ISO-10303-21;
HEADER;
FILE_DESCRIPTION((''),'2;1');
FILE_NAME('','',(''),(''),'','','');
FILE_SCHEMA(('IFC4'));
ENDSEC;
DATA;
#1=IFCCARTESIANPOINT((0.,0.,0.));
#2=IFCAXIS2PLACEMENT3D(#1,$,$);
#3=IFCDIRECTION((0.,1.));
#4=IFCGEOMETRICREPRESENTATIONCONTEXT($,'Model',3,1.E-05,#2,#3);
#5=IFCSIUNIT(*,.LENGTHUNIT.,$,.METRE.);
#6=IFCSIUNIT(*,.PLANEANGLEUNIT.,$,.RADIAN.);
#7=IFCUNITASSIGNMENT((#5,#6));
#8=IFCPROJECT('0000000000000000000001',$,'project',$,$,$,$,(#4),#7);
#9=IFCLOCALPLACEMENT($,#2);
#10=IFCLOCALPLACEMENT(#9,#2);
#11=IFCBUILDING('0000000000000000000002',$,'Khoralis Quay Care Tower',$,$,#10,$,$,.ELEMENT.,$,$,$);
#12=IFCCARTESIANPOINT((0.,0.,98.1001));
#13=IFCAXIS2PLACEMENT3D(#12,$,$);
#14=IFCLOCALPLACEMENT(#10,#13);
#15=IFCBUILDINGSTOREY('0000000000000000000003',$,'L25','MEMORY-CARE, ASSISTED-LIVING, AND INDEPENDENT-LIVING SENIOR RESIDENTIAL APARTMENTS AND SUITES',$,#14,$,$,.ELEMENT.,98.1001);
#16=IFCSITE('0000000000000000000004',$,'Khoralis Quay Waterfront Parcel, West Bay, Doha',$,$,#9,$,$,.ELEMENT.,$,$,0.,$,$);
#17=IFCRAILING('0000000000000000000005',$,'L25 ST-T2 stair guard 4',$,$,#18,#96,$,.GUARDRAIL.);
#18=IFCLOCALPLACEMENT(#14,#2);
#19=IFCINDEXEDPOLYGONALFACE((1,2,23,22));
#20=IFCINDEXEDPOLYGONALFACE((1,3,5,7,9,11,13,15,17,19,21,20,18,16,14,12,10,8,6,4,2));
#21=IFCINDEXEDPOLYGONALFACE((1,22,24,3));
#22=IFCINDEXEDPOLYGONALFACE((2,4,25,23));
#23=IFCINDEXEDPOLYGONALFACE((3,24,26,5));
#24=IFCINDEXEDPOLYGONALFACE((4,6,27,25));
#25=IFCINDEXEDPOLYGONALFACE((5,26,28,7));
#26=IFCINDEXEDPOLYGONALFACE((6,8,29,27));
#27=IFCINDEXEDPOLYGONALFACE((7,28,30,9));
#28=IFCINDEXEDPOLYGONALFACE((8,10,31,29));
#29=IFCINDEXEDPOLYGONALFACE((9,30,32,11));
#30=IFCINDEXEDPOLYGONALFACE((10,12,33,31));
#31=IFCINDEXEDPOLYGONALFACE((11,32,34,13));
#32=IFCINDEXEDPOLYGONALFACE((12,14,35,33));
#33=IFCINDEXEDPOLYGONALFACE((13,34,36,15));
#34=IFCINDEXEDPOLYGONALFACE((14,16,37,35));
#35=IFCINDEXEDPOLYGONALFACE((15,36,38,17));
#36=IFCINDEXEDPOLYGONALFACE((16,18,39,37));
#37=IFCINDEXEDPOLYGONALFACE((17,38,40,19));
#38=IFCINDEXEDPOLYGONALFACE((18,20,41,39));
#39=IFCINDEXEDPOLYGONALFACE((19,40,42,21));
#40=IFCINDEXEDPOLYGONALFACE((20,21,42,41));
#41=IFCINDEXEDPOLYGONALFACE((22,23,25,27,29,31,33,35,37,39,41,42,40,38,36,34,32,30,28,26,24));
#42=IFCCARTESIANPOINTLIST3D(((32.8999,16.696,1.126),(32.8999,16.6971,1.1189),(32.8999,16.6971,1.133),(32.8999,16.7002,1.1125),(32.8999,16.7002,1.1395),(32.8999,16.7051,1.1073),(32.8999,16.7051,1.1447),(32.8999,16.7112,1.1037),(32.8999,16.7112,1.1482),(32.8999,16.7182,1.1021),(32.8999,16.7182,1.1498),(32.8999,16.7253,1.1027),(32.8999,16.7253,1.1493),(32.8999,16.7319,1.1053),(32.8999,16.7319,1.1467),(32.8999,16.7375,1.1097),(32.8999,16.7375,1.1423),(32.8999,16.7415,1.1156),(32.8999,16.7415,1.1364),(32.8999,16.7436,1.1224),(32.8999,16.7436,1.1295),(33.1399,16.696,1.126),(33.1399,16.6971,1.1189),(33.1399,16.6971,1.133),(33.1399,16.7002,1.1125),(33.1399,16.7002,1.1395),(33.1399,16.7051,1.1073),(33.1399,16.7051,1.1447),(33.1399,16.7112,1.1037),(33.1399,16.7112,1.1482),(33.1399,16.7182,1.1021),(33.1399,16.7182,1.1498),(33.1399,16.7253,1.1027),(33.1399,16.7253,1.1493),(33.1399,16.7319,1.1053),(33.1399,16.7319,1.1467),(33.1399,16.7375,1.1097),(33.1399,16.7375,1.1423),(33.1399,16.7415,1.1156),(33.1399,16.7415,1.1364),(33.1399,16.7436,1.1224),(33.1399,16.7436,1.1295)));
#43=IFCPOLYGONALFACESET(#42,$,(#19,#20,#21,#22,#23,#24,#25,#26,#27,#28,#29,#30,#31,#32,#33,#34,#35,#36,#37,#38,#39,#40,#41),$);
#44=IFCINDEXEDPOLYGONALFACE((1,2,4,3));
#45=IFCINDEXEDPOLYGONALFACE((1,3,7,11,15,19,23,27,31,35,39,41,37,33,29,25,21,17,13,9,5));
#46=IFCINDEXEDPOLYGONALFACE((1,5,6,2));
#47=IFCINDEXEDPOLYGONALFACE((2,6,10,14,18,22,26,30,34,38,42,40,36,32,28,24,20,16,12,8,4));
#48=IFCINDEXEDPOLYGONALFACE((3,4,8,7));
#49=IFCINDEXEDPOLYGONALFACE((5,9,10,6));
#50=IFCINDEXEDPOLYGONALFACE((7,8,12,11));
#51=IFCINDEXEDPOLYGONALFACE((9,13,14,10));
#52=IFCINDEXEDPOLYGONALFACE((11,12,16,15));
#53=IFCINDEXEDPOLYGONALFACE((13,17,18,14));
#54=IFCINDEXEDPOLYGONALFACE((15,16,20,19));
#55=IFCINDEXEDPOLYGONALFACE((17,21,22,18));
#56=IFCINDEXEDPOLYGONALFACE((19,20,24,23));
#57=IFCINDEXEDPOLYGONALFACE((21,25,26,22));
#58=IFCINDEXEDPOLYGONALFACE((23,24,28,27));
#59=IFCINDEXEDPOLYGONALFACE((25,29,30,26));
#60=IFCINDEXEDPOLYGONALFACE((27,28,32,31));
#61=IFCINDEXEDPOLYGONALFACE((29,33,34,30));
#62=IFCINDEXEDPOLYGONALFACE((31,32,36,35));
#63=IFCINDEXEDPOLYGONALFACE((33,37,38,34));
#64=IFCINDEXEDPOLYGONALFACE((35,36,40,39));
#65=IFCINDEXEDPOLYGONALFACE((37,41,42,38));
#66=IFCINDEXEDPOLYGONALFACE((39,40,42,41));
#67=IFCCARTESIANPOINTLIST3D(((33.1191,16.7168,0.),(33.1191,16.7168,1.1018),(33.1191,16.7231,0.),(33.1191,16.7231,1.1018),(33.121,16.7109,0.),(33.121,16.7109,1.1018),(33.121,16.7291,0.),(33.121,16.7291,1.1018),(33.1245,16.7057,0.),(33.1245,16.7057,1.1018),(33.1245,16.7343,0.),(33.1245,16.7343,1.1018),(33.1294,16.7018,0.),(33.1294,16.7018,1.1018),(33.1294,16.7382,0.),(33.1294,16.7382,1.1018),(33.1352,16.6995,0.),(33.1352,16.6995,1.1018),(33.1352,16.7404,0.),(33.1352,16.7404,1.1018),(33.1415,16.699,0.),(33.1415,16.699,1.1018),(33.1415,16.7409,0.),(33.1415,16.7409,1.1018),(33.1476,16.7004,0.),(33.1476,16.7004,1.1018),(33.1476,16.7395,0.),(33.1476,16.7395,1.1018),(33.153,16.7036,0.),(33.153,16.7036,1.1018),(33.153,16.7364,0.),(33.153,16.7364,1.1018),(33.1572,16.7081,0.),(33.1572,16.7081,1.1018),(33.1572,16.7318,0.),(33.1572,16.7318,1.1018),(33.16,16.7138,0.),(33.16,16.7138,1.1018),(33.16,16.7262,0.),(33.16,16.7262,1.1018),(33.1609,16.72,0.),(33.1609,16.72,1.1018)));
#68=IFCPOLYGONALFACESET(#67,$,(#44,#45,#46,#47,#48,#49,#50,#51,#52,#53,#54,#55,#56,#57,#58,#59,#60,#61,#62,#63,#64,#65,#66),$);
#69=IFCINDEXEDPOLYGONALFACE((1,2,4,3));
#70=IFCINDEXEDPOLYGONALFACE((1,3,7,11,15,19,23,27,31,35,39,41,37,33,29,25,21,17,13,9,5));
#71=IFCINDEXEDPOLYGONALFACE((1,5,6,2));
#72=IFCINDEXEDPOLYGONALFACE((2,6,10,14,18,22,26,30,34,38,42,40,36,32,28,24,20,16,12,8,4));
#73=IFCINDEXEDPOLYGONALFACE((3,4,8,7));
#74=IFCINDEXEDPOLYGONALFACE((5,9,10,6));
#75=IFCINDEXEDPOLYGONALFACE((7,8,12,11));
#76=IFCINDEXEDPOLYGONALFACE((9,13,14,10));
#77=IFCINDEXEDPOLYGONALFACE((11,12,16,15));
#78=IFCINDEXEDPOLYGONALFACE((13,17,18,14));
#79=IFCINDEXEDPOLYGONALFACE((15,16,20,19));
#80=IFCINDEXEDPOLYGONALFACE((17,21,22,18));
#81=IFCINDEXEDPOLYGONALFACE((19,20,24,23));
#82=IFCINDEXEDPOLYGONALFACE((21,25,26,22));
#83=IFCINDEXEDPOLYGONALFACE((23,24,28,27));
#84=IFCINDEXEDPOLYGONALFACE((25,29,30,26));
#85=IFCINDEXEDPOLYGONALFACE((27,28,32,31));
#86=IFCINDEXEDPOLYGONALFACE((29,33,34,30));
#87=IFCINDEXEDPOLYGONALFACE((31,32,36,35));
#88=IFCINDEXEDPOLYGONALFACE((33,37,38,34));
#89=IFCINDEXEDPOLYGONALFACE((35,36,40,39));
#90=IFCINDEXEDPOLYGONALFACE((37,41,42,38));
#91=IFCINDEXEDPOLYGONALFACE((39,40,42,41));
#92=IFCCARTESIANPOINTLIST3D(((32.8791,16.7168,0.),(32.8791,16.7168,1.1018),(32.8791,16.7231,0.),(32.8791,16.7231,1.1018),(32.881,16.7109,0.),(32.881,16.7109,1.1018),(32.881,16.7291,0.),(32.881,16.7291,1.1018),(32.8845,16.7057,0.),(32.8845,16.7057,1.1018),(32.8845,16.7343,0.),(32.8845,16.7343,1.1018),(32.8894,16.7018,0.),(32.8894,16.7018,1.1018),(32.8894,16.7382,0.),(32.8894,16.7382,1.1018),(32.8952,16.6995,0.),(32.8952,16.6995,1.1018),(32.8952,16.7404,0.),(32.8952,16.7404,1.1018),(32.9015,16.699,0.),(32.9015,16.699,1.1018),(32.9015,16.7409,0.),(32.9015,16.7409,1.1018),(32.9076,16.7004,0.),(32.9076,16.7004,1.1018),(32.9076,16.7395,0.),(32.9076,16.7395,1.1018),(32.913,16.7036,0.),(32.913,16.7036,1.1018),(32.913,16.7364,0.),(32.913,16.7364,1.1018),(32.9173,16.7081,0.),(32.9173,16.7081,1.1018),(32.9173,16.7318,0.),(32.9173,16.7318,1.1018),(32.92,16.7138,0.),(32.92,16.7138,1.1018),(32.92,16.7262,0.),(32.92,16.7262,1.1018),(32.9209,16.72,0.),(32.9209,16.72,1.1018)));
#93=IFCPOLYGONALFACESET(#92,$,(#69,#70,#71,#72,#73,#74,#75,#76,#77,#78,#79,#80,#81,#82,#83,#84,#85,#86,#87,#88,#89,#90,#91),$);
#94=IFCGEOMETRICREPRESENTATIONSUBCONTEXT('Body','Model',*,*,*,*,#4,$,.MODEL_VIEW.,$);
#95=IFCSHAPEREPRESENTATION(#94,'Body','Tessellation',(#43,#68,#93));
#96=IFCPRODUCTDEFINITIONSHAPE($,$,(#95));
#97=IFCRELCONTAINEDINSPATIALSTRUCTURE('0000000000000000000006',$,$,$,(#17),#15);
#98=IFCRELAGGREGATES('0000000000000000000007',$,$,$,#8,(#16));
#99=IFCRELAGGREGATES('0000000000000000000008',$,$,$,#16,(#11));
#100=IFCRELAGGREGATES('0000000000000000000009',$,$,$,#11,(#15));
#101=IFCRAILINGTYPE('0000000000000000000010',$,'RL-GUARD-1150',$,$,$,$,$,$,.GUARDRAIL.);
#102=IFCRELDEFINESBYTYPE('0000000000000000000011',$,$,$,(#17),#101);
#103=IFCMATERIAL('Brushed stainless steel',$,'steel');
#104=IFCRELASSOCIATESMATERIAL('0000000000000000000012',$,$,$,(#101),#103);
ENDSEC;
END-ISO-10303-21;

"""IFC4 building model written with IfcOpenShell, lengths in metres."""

from ifc_helpers import new_model, si_unit, direction, frame, origin, origin_2d, place, context, subcontext, project, spatial, circle, extrude, material, type_object, element, save


model = new_model("IFC4")

# Units and contexts
model_context = context("Model", 3, precision=1e-05, world=origin(), true_north=direction((0.0, 1.0)))
body_context = subcontext(model_context, "Body", "Model", "MODEL_VIEW")
ifc_project = project(units=[si_unit("LENGTHUNIT", "METRE"), si_unit("PLANEANGLEUNIT", "RADIAN")], contexts=[model_context])

# Site, building, storey
site_placement = place(None, origin())
site = spatial("IfcSite", under=ifc_project, at=site_placement, Name="Khoralis Quay Waterfront Parcel, West Bay, Doha", CompositionType="ELEMENT", RefElevation=0.0)
building_placement = place(site_placement, origin())
building = spatial("IfcBuilding", under=site, at=building_placement, Name="Khoralis Quay Care Tower", CompositionType="ELEMENT")
storey_placement = place(building_placement, frame((0.0, 0.0, 98.1001)))
storey = spatial("IfcBuildingStorey", under=building, at=storey_placement, Name="L25", Description="MEMORY-CARE, ASSISTED-LIVING, AND INDEPENDENT-LIVING SENIOR RESIDENTIAL APARTMENTS AND SUITES", CompositionType="ELEMENT", Elevation=98.1001)

# Railing
ifc_material_1 = material(Name="Brushed stainless steel", Category="steel")
railing_type_1 = type_object("IfcRailingType", Name="RL-GUARD-1150", PredefinedType="GUARDRAIL", material=ifc_material_1)
railing_1_placement = place(storey_placement, frame((33.1399, 16.72, 0.0)))
element("IfcRailing", 1, at=railing_1_placement, inside=storey, type_object=railing_type_1, Name="L25 ST-T2 stair guard 4", PredefinedType="GUARDRAIL", context=body_context, shape_type="SweptSolid", body=[
    extrude(circle(Radius=0.0239, at=origin_2d()), frame((0.0, 0.0, 1.126), z_axis=(-1.0, 0.0, 0.0), x_axis=(0.0, -1.0, 0.0)), (0.0, 0.0, 1.0), 0.24),
    extrude(circle(Radius=0.021, at=origin_2d()), origin(), (0.0, 0.0, 1.0), 1.1018),
    extrude(circle(Radius=0.021, at=origin_2d()), frame((-0.24, 0.0, 0.0)), (0.0, 0.0, 1.0), 1.1018),
])

save(model, "model.ifc")
